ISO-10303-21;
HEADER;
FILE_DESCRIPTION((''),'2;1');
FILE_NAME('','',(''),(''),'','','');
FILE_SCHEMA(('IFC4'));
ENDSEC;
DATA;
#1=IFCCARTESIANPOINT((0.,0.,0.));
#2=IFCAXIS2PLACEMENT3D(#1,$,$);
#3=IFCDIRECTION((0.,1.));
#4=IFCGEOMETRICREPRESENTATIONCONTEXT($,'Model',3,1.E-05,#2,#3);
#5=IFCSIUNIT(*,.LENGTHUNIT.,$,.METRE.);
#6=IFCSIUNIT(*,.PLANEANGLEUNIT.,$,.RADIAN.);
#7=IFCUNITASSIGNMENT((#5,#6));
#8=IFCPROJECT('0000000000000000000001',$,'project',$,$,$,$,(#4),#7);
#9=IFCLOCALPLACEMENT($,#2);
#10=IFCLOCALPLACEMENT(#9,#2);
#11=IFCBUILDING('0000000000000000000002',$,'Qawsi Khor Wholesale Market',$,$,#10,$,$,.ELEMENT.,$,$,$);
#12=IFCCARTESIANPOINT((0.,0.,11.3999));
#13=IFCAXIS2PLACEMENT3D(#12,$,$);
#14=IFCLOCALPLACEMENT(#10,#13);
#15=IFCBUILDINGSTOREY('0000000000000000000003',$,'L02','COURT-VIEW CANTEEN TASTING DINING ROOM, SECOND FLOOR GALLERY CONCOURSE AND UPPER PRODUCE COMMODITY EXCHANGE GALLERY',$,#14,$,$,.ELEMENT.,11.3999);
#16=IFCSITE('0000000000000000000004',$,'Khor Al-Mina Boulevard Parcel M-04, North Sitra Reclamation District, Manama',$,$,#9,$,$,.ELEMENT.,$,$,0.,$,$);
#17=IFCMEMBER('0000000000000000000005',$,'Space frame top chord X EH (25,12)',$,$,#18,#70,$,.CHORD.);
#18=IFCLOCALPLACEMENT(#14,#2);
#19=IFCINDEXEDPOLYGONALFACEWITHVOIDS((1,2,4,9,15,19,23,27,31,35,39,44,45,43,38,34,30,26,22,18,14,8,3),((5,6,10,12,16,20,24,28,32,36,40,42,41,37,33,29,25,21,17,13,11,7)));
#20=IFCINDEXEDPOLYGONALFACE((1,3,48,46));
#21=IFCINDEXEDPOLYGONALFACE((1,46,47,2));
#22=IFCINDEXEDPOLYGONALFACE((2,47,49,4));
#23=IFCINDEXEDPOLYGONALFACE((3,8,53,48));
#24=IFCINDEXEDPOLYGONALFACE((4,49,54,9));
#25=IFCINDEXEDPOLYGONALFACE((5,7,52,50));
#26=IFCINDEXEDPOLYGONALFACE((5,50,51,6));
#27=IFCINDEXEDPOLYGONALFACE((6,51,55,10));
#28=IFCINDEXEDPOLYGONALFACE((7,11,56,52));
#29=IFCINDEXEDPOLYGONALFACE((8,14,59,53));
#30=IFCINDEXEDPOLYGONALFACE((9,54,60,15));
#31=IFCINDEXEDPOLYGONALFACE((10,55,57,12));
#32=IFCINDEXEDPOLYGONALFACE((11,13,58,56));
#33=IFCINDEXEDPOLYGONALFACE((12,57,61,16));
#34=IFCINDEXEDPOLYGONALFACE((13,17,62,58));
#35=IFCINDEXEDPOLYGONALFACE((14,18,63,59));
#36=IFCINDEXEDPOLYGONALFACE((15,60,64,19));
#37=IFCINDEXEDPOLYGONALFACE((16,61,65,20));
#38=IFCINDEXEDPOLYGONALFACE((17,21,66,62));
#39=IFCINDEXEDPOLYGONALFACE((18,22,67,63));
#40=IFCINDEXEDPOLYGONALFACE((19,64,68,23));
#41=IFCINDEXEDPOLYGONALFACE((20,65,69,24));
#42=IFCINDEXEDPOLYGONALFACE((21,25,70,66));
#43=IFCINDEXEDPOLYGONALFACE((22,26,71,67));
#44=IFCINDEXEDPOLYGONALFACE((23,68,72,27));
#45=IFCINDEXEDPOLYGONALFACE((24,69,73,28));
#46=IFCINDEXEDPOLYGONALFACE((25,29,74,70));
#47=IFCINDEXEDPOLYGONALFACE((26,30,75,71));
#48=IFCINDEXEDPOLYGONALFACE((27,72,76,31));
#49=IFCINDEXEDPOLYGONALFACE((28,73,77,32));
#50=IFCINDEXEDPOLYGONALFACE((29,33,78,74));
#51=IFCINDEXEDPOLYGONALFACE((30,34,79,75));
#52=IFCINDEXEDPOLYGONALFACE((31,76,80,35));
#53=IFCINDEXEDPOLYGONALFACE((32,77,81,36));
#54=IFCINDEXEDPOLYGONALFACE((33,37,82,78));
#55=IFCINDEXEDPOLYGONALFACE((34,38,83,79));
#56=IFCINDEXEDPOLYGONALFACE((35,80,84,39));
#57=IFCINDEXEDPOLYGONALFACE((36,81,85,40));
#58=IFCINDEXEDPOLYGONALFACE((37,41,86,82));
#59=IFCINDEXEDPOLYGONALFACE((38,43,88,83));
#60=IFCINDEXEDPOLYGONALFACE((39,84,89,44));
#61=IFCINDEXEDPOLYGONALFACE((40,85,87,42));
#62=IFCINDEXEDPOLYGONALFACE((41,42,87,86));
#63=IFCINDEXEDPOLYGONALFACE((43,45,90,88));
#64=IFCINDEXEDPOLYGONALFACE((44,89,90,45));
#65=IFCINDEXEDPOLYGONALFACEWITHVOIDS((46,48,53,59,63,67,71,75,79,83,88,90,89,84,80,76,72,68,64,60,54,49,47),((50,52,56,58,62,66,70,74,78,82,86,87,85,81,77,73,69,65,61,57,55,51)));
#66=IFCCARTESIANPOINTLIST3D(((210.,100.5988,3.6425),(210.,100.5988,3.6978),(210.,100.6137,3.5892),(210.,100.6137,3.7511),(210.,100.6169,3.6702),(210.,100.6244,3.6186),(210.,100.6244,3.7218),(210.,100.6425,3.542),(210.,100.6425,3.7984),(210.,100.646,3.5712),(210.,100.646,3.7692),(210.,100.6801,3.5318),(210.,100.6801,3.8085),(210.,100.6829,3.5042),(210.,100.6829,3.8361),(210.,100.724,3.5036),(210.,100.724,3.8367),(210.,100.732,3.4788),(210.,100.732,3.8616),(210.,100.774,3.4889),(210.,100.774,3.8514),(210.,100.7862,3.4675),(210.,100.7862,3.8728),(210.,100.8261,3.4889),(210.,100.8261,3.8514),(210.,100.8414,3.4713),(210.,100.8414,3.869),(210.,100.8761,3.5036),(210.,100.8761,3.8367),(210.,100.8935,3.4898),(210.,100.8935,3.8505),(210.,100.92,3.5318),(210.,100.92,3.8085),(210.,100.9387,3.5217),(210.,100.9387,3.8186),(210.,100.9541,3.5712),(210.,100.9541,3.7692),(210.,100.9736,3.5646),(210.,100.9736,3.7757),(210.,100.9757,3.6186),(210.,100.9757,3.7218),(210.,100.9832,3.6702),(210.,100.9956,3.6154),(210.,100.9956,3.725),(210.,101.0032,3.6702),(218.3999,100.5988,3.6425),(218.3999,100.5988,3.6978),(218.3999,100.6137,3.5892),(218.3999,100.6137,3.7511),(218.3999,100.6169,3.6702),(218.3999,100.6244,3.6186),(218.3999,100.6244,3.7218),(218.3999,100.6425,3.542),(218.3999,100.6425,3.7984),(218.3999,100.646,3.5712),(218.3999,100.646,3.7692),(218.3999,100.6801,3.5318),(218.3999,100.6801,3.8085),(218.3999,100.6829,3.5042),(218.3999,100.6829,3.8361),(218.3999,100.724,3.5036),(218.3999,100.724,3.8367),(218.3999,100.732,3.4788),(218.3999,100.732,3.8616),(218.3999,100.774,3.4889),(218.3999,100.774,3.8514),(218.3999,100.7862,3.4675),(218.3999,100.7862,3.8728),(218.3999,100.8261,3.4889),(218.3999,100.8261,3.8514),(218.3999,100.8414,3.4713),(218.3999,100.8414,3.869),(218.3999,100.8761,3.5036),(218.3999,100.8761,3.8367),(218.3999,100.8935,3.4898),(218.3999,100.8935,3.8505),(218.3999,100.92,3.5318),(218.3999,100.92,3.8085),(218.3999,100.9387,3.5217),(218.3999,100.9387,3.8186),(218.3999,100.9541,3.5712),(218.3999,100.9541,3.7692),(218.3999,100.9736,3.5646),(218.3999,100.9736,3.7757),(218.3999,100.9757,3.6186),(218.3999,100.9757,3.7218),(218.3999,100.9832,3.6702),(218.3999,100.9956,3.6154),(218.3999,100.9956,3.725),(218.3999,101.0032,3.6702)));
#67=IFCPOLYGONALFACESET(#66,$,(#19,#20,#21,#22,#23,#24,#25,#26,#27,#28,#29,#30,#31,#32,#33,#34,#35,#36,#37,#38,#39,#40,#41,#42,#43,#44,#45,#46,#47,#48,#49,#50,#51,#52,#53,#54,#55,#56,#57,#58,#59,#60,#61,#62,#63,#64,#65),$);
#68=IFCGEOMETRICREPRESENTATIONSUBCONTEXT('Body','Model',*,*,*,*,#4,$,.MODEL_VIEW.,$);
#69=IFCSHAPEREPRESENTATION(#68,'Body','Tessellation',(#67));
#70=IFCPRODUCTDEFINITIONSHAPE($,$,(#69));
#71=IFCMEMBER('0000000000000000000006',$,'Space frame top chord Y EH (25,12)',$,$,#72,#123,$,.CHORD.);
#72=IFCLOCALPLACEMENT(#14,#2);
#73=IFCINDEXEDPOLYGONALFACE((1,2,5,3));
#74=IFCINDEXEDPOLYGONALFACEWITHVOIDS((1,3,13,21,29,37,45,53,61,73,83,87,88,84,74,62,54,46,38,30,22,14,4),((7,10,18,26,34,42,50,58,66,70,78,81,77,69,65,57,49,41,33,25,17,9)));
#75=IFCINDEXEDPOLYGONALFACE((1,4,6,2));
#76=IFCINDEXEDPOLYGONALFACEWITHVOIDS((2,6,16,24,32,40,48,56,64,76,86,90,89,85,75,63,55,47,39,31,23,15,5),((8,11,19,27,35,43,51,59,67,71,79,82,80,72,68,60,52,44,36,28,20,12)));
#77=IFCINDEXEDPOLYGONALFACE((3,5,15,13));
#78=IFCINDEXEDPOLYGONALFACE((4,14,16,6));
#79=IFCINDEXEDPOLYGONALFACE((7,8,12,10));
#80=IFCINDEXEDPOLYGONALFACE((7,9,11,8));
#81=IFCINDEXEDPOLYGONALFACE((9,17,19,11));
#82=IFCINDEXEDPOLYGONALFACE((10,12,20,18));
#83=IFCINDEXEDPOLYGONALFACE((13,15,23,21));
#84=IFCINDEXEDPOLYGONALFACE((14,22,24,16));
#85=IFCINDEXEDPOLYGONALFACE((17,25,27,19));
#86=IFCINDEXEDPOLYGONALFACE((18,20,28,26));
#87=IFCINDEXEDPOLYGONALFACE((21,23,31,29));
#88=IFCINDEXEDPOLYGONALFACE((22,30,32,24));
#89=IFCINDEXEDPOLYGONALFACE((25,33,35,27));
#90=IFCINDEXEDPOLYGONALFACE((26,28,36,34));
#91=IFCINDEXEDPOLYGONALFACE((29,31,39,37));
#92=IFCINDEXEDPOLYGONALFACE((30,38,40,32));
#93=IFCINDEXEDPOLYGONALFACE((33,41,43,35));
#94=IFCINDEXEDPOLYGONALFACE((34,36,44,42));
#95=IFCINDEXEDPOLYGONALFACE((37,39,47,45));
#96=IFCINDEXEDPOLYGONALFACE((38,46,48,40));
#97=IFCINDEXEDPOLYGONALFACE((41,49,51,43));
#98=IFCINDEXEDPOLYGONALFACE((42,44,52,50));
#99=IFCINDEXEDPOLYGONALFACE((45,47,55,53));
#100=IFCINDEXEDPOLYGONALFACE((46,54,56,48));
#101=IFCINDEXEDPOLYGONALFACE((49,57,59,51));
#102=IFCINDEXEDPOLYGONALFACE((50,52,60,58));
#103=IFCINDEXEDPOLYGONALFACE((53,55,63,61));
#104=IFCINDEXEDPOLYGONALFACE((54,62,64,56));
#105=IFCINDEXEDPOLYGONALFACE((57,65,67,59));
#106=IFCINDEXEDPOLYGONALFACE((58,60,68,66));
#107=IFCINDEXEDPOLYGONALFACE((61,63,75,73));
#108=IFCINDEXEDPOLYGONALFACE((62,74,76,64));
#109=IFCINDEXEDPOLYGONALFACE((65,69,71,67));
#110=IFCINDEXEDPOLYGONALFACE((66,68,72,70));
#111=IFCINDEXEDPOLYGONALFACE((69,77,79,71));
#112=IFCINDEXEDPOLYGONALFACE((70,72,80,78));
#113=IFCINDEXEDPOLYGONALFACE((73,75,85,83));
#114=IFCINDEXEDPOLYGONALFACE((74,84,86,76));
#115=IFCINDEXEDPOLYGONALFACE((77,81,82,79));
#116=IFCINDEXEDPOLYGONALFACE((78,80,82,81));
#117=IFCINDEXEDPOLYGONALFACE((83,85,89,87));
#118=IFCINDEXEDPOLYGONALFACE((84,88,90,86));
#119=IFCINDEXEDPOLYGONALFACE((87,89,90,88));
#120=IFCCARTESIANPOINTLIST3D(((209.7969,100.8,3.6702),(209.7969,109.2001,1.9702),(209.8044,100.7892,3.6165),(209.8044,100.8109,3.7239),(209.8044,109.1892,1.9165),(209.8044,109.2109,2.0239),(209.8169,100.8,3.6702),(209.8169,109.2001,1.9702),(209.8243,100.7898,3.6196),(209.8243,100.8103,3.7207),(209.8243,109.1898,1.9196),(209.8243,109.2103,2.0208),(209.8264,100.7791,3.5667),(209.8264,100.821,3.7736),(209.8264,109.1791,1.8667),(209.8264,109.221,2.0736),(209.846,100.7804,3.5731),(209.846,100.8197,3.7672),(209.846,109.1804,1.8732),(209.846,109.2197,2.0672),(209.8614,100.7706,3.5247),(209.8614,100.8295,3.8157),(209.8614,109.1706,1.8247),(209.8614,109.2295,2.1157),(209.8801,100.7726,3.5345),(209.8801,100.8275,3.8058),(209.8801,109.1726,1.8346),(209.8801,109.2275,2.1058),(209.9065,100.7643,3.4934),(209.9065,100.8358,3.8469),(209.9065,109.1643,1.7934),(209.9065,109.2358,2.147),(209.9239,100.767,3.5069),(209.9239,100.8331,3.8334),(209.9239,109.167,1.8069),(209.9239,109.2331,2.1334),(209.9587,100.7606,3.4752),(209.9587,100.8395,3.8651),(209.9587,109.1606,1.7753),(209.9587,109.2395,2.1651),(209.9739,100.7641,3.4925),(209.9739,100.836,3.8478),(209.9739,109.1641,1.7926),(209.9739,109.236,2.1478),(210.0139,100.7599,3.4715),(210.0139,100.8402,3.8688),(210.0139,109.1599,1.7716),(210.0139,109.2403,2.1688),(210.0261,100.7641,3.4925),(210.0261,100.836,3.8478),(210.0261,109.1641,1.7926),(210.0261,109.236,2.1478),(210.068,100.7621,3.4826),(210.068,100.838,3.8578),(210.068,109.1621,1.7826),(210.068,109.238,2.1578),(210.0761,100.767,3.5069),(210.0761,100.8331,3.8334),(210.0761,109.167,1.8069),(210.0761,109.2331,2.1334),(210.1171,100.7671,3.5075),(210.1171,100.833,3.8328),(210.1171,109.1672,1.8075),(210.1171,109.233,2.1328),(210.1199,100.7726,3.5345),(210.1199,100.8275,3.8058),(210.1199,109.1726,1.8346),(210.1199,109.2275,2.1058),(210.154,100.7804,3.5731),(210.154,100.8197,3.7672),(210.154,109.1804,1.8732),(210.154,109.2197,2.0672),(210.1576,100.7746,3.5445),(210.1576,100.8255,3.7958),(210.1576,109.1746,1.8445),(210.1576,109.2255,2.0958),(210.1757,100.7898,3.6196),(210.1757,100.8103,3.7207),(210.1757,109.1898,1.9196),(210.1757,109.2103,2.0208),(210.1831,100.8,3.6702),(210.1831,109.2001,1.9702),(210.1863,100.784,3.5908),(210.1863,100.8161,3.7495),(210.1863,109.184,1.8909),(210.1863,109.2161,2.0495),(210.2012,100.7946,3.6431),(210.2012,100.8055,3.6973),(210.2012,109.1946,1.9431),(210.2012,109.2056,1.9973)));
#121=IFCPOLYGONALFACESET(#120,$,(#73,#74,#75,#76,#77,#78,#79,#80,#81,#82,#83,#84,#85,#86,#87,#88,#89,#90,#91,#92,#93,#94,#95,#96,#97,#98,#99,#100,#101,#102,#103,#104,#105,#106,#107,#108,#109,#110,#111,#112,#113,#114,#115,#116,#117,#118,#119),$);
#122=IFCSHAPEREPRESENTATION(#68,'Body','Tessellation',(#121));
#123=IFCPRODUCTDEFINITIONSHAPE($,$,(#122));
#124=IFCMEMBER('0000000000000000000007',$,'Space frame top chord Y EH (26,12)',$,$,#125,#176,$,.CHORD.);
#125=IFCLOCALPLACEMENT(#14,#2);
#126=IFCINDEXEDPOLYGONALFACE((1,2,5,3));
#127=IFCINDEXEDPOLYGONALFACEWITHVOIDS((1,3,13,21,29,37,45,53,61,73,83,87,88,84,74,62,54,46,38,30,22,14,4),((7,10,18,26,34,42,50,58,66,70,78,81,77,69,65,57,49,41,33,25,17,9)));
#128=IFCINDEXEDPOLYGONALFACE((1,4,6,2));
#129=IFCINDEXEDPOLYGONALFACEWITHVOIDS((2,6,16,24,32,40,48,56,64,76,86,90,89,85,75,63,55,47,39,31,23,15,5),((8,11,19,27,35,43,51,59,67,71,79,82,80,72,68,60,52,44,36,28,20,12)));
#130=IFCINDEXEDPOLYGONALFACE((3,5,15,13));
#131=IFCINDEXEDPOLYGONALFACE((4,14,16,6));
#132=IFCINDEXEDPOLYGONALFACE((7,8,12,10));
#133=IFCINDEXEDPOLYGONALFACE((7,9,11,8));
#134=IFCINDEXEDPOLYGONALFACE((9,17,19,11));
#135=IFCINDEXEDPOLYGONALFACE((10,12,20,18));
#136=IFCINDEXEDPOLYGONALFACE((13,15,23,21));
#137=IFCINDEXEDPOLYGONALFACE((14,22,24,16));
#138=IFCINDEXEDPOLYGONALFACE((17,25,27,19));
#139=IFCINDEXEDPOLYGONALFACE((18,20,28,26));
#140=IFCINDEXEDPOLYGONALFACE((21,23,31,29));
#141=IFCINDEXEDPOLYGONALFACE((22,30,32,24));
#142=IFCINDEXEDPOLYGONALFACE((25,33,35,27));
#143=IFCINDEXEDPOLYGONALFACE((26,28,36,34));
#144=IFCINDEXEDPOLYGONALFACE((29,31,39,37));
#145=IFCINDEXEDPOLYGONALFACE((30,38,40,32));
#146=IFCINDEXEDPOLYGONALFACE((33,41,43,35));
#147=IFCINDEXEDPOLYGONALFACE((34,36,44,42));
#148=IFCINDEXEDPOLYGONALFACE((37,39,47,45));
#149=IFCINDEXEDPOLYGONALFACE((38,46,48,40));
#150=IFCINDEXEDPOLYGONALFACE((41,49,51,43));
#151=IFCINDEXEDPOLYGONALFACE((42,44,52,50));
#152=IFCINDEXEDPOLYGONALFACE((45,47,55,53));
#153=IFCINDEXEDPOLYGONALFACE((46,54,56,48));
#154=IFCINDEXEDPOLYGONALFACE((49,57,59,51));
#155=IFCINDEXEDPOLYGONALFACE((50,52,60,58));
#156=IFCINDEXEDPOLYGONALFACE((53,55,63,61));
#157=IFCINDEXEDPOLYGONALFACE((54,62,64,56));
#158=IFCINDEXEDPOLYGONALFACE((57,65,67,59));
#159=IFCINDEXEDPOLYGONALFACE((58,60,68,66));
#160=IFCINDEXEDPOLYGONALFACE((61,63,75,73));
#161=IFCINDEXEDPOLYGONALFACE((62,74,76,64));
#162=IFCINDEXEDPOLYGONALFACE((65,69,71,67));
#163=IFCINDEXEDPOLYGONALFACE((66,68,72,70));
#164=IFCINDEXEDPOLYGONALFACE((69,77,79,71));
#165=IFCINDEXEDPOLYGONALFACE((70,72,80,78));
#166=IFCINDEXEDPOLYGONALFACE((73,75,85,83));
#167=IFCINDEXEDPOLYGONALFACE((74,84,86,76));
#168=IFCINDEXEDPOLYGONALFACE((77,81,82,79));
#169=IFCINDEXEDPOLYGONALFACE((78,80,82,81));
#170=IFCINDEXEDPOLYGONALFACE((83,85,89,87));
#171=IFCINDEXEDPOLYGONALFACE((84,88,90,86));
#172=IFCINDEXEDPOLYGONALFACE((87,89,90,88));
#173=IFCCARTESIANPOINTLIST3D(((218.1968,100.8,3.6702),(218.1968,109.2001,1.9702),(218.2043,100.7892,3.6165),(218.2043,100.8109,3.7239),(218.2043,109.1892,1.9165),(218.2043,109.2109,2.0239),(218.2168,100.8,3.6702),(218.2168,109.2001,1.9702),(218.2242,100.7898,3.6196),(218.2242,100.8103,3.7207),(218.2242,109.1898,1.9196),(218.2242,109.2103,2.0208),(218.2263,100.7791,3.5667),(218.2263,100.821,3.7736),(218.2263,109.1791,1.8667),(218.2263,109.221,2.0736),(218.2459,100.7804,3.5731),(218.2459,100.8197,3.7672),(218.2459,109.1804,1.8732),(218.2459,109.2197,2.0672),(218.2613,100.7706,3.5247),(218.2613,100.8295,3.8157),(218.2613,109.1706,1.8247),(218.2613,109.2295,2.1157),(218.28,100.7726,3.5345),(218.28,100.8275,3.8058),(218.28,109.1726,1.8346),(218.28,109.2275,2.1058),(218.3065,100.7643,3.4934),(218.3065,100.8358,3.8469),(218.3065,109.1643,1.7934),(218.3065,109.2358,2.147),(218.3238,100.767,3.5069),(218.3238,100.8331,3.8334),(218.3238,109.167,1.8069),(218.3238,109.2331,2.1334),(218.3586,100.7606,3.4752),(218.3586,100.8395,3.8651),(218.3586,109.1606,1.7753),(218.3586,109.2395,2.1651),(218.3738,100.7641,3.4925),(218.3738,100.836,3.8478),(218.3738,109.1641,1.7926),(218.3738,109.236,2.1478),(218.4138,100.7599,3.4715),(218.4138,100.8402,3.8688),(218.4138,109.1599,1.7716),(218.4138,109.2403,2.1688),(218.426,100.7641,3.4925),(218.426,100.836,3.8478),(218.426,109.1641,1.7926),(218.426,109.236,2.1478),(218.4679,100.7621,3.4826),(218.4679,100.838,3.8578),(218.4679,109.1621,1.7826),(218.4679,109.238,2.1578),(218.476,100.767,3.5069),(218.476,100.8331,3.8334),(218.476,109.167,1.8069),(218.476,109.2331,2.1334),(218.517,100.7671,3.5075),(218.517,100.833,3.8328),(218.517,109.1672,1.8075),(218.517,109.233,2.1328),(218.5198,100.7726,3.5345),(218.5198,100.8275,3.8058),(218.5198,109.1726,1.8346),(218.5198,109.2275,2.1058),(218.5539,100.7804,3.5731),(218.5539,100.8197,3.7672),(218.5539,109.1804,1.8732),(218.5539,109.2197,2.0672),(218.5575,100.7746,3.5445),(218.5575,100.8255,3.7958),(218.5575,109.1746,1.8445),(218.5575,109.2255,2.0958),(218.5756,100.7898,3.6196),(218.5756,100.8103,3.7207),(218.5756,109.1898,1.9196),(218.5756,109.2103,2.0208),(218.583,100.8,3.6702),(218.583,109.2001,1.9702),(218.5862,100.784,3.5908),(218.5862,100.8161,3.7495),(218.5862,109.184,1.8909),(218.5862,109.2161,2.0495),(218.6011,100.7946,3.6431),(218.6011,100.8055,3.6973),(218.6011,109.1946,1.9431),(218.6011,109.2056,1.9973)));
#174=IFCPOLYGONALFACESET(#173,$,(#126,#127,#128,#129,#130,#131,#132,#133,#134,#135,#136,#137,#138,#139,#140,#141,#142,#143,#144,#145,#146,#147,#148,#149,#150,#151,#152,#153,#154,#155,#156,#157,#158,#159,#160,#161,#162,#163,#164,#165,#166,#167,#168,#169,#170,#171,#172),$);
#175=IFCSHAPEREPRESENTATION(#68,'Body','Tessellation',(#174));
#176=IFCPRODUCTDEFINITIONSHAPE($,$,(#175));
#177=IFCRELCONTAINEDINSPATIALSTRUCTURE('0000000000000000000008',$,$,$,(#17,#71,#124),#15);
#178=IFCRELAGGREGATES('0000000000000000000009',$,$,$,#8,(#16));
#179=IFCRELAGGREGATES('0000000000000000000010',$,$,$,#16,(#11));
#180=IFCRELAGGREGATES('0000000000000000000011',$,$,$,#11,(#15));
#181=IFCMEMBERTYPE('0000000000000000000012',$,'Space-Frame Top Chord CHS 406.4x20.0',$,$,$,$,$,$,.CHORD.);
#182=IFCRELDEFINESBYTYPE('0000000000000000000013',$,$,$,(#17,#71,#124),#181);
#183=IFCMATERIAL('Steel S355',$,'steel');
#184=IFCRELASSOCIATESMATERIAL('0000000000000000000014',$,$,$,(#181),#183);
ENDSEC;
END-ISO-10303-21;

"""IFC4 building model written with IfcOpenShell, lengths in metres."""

from ifc_helpers import new_model, si_unit, direction, frame, origin, origin_2d, place, context, subcontext, project, spatial, hollow_circle, extrude, material, material_profile, profile_set, type_object, element, save


model = new_model("IFC4")

# Units and contexts
model_context = context("Model", 3, precision=1e-05, world=origin(), true_north=direction((0.0, 1.0)))
body_context = subcontext(model_context, "Body", "Model", "MODEL_VIEW")
ifc_project = project(units=[si_unit("LENGTHUNIT", "METRE"), si_unit("PLANEANGLEUNIT", "RADIAN")], contexts=[model_context])

# Site, building, storey
site_placement = place(None, origin())
site = spatial("IfcSite", under=ifc_project, at=site_placement, Name="Khor Al-Mina Boulevard Parcel M-04, North Sitra Reclamation District, Manama", CompositionType="ELEMENT", RefElevation=0.0)
building_placement = place(site_placement, origin())
building = spatial("IfcBuilding", under=site, at=building_placement, Name="Qawsi Khor Wholesale Market", CompositionType="ELEMENT")
storey_placement = place(building_placement, frame((0.0, 0.0, 11.3999)))
storey = spatial("IfcBuildingStorey", under=building, at=storey_placement, Name="L02", Description="COURT-VIEW CANTEEN TASTING DINING ROOM, SECOND FLOOR GALLERY CONCOURSE AND UPPER PRODUCE COMMODITY EXCHANGE GALLERY", CompositionType="ELEMENT", Elevation=11.3999)

# Members
ifc_material_1 = material(Name="Steel S355", Category="steel")
ifc_material_profile_1 = material_profile(ifc_material_1, hollow_circle(Radius=0.2031, WallThickness=0.02, at=origin_2d()), Name="CHS 406.4x20.0")
ifc_profile_set_1 = profile_set([ifc_material_profile_1], Name="Steel S355")
member_type_1 = type_object("IfcMemberType", Name="Space-Frame Top Chord CHS 406.4x20.0", PredefinedType="CHORD", material=ifc_profile_set_1)
member_1_placement = place(storey_placement, frame((210.0, 100.8, 3.6702), z_axis=(1.0, 0.0, 0.0), x_axis=(0.0, 1.0, 0.0)))
element("IfcMember", 1, at=member_1_placement, inside=storey, type_object=member_type_1, Name="Space frame top chord X EH (25,12)", PredefinedType="CHORD", context=body_context, shape_type="SweptSolid", body=[
    extrude(hollow_circle(Radius=0.2031, WallThickness=0.02, at=origin_2d()), origin(), (0.0, 0.0, 1.0), 8.3999),
])
for number, where, z_axis, x_axis, name in (
    (2, (210.0, 100.8, 3.6702), (0.0, 0.98013, -0.198356), (-1.0, 0.0, 0.0), "Space frame top chord Y EH (25,12)"),
    (3, (218.3999, 100.8, 3.6702), (0.0, 0.98013, -0.198356), (-1.0, 0.0, 0.0), "Space frame top chord Y EH (26,12)"),
):
    element("IfcMember", number, at=place(storey_placement, frame(where, z_axis=z_axis, x_axis=x_axis)), inside=storey, type_object=member_type_1, Name=name, PredefinedType="CHORD", context=body_context, shape_type="SweptSolid", body=[
        extrude(hollow_circle(Radius=0.2031, WallThickness=0.02, at=origin_2d()), origin(), (0.0, 0.0, 1.0), 8.5703),
    ])

save(model, "model.ifc")
